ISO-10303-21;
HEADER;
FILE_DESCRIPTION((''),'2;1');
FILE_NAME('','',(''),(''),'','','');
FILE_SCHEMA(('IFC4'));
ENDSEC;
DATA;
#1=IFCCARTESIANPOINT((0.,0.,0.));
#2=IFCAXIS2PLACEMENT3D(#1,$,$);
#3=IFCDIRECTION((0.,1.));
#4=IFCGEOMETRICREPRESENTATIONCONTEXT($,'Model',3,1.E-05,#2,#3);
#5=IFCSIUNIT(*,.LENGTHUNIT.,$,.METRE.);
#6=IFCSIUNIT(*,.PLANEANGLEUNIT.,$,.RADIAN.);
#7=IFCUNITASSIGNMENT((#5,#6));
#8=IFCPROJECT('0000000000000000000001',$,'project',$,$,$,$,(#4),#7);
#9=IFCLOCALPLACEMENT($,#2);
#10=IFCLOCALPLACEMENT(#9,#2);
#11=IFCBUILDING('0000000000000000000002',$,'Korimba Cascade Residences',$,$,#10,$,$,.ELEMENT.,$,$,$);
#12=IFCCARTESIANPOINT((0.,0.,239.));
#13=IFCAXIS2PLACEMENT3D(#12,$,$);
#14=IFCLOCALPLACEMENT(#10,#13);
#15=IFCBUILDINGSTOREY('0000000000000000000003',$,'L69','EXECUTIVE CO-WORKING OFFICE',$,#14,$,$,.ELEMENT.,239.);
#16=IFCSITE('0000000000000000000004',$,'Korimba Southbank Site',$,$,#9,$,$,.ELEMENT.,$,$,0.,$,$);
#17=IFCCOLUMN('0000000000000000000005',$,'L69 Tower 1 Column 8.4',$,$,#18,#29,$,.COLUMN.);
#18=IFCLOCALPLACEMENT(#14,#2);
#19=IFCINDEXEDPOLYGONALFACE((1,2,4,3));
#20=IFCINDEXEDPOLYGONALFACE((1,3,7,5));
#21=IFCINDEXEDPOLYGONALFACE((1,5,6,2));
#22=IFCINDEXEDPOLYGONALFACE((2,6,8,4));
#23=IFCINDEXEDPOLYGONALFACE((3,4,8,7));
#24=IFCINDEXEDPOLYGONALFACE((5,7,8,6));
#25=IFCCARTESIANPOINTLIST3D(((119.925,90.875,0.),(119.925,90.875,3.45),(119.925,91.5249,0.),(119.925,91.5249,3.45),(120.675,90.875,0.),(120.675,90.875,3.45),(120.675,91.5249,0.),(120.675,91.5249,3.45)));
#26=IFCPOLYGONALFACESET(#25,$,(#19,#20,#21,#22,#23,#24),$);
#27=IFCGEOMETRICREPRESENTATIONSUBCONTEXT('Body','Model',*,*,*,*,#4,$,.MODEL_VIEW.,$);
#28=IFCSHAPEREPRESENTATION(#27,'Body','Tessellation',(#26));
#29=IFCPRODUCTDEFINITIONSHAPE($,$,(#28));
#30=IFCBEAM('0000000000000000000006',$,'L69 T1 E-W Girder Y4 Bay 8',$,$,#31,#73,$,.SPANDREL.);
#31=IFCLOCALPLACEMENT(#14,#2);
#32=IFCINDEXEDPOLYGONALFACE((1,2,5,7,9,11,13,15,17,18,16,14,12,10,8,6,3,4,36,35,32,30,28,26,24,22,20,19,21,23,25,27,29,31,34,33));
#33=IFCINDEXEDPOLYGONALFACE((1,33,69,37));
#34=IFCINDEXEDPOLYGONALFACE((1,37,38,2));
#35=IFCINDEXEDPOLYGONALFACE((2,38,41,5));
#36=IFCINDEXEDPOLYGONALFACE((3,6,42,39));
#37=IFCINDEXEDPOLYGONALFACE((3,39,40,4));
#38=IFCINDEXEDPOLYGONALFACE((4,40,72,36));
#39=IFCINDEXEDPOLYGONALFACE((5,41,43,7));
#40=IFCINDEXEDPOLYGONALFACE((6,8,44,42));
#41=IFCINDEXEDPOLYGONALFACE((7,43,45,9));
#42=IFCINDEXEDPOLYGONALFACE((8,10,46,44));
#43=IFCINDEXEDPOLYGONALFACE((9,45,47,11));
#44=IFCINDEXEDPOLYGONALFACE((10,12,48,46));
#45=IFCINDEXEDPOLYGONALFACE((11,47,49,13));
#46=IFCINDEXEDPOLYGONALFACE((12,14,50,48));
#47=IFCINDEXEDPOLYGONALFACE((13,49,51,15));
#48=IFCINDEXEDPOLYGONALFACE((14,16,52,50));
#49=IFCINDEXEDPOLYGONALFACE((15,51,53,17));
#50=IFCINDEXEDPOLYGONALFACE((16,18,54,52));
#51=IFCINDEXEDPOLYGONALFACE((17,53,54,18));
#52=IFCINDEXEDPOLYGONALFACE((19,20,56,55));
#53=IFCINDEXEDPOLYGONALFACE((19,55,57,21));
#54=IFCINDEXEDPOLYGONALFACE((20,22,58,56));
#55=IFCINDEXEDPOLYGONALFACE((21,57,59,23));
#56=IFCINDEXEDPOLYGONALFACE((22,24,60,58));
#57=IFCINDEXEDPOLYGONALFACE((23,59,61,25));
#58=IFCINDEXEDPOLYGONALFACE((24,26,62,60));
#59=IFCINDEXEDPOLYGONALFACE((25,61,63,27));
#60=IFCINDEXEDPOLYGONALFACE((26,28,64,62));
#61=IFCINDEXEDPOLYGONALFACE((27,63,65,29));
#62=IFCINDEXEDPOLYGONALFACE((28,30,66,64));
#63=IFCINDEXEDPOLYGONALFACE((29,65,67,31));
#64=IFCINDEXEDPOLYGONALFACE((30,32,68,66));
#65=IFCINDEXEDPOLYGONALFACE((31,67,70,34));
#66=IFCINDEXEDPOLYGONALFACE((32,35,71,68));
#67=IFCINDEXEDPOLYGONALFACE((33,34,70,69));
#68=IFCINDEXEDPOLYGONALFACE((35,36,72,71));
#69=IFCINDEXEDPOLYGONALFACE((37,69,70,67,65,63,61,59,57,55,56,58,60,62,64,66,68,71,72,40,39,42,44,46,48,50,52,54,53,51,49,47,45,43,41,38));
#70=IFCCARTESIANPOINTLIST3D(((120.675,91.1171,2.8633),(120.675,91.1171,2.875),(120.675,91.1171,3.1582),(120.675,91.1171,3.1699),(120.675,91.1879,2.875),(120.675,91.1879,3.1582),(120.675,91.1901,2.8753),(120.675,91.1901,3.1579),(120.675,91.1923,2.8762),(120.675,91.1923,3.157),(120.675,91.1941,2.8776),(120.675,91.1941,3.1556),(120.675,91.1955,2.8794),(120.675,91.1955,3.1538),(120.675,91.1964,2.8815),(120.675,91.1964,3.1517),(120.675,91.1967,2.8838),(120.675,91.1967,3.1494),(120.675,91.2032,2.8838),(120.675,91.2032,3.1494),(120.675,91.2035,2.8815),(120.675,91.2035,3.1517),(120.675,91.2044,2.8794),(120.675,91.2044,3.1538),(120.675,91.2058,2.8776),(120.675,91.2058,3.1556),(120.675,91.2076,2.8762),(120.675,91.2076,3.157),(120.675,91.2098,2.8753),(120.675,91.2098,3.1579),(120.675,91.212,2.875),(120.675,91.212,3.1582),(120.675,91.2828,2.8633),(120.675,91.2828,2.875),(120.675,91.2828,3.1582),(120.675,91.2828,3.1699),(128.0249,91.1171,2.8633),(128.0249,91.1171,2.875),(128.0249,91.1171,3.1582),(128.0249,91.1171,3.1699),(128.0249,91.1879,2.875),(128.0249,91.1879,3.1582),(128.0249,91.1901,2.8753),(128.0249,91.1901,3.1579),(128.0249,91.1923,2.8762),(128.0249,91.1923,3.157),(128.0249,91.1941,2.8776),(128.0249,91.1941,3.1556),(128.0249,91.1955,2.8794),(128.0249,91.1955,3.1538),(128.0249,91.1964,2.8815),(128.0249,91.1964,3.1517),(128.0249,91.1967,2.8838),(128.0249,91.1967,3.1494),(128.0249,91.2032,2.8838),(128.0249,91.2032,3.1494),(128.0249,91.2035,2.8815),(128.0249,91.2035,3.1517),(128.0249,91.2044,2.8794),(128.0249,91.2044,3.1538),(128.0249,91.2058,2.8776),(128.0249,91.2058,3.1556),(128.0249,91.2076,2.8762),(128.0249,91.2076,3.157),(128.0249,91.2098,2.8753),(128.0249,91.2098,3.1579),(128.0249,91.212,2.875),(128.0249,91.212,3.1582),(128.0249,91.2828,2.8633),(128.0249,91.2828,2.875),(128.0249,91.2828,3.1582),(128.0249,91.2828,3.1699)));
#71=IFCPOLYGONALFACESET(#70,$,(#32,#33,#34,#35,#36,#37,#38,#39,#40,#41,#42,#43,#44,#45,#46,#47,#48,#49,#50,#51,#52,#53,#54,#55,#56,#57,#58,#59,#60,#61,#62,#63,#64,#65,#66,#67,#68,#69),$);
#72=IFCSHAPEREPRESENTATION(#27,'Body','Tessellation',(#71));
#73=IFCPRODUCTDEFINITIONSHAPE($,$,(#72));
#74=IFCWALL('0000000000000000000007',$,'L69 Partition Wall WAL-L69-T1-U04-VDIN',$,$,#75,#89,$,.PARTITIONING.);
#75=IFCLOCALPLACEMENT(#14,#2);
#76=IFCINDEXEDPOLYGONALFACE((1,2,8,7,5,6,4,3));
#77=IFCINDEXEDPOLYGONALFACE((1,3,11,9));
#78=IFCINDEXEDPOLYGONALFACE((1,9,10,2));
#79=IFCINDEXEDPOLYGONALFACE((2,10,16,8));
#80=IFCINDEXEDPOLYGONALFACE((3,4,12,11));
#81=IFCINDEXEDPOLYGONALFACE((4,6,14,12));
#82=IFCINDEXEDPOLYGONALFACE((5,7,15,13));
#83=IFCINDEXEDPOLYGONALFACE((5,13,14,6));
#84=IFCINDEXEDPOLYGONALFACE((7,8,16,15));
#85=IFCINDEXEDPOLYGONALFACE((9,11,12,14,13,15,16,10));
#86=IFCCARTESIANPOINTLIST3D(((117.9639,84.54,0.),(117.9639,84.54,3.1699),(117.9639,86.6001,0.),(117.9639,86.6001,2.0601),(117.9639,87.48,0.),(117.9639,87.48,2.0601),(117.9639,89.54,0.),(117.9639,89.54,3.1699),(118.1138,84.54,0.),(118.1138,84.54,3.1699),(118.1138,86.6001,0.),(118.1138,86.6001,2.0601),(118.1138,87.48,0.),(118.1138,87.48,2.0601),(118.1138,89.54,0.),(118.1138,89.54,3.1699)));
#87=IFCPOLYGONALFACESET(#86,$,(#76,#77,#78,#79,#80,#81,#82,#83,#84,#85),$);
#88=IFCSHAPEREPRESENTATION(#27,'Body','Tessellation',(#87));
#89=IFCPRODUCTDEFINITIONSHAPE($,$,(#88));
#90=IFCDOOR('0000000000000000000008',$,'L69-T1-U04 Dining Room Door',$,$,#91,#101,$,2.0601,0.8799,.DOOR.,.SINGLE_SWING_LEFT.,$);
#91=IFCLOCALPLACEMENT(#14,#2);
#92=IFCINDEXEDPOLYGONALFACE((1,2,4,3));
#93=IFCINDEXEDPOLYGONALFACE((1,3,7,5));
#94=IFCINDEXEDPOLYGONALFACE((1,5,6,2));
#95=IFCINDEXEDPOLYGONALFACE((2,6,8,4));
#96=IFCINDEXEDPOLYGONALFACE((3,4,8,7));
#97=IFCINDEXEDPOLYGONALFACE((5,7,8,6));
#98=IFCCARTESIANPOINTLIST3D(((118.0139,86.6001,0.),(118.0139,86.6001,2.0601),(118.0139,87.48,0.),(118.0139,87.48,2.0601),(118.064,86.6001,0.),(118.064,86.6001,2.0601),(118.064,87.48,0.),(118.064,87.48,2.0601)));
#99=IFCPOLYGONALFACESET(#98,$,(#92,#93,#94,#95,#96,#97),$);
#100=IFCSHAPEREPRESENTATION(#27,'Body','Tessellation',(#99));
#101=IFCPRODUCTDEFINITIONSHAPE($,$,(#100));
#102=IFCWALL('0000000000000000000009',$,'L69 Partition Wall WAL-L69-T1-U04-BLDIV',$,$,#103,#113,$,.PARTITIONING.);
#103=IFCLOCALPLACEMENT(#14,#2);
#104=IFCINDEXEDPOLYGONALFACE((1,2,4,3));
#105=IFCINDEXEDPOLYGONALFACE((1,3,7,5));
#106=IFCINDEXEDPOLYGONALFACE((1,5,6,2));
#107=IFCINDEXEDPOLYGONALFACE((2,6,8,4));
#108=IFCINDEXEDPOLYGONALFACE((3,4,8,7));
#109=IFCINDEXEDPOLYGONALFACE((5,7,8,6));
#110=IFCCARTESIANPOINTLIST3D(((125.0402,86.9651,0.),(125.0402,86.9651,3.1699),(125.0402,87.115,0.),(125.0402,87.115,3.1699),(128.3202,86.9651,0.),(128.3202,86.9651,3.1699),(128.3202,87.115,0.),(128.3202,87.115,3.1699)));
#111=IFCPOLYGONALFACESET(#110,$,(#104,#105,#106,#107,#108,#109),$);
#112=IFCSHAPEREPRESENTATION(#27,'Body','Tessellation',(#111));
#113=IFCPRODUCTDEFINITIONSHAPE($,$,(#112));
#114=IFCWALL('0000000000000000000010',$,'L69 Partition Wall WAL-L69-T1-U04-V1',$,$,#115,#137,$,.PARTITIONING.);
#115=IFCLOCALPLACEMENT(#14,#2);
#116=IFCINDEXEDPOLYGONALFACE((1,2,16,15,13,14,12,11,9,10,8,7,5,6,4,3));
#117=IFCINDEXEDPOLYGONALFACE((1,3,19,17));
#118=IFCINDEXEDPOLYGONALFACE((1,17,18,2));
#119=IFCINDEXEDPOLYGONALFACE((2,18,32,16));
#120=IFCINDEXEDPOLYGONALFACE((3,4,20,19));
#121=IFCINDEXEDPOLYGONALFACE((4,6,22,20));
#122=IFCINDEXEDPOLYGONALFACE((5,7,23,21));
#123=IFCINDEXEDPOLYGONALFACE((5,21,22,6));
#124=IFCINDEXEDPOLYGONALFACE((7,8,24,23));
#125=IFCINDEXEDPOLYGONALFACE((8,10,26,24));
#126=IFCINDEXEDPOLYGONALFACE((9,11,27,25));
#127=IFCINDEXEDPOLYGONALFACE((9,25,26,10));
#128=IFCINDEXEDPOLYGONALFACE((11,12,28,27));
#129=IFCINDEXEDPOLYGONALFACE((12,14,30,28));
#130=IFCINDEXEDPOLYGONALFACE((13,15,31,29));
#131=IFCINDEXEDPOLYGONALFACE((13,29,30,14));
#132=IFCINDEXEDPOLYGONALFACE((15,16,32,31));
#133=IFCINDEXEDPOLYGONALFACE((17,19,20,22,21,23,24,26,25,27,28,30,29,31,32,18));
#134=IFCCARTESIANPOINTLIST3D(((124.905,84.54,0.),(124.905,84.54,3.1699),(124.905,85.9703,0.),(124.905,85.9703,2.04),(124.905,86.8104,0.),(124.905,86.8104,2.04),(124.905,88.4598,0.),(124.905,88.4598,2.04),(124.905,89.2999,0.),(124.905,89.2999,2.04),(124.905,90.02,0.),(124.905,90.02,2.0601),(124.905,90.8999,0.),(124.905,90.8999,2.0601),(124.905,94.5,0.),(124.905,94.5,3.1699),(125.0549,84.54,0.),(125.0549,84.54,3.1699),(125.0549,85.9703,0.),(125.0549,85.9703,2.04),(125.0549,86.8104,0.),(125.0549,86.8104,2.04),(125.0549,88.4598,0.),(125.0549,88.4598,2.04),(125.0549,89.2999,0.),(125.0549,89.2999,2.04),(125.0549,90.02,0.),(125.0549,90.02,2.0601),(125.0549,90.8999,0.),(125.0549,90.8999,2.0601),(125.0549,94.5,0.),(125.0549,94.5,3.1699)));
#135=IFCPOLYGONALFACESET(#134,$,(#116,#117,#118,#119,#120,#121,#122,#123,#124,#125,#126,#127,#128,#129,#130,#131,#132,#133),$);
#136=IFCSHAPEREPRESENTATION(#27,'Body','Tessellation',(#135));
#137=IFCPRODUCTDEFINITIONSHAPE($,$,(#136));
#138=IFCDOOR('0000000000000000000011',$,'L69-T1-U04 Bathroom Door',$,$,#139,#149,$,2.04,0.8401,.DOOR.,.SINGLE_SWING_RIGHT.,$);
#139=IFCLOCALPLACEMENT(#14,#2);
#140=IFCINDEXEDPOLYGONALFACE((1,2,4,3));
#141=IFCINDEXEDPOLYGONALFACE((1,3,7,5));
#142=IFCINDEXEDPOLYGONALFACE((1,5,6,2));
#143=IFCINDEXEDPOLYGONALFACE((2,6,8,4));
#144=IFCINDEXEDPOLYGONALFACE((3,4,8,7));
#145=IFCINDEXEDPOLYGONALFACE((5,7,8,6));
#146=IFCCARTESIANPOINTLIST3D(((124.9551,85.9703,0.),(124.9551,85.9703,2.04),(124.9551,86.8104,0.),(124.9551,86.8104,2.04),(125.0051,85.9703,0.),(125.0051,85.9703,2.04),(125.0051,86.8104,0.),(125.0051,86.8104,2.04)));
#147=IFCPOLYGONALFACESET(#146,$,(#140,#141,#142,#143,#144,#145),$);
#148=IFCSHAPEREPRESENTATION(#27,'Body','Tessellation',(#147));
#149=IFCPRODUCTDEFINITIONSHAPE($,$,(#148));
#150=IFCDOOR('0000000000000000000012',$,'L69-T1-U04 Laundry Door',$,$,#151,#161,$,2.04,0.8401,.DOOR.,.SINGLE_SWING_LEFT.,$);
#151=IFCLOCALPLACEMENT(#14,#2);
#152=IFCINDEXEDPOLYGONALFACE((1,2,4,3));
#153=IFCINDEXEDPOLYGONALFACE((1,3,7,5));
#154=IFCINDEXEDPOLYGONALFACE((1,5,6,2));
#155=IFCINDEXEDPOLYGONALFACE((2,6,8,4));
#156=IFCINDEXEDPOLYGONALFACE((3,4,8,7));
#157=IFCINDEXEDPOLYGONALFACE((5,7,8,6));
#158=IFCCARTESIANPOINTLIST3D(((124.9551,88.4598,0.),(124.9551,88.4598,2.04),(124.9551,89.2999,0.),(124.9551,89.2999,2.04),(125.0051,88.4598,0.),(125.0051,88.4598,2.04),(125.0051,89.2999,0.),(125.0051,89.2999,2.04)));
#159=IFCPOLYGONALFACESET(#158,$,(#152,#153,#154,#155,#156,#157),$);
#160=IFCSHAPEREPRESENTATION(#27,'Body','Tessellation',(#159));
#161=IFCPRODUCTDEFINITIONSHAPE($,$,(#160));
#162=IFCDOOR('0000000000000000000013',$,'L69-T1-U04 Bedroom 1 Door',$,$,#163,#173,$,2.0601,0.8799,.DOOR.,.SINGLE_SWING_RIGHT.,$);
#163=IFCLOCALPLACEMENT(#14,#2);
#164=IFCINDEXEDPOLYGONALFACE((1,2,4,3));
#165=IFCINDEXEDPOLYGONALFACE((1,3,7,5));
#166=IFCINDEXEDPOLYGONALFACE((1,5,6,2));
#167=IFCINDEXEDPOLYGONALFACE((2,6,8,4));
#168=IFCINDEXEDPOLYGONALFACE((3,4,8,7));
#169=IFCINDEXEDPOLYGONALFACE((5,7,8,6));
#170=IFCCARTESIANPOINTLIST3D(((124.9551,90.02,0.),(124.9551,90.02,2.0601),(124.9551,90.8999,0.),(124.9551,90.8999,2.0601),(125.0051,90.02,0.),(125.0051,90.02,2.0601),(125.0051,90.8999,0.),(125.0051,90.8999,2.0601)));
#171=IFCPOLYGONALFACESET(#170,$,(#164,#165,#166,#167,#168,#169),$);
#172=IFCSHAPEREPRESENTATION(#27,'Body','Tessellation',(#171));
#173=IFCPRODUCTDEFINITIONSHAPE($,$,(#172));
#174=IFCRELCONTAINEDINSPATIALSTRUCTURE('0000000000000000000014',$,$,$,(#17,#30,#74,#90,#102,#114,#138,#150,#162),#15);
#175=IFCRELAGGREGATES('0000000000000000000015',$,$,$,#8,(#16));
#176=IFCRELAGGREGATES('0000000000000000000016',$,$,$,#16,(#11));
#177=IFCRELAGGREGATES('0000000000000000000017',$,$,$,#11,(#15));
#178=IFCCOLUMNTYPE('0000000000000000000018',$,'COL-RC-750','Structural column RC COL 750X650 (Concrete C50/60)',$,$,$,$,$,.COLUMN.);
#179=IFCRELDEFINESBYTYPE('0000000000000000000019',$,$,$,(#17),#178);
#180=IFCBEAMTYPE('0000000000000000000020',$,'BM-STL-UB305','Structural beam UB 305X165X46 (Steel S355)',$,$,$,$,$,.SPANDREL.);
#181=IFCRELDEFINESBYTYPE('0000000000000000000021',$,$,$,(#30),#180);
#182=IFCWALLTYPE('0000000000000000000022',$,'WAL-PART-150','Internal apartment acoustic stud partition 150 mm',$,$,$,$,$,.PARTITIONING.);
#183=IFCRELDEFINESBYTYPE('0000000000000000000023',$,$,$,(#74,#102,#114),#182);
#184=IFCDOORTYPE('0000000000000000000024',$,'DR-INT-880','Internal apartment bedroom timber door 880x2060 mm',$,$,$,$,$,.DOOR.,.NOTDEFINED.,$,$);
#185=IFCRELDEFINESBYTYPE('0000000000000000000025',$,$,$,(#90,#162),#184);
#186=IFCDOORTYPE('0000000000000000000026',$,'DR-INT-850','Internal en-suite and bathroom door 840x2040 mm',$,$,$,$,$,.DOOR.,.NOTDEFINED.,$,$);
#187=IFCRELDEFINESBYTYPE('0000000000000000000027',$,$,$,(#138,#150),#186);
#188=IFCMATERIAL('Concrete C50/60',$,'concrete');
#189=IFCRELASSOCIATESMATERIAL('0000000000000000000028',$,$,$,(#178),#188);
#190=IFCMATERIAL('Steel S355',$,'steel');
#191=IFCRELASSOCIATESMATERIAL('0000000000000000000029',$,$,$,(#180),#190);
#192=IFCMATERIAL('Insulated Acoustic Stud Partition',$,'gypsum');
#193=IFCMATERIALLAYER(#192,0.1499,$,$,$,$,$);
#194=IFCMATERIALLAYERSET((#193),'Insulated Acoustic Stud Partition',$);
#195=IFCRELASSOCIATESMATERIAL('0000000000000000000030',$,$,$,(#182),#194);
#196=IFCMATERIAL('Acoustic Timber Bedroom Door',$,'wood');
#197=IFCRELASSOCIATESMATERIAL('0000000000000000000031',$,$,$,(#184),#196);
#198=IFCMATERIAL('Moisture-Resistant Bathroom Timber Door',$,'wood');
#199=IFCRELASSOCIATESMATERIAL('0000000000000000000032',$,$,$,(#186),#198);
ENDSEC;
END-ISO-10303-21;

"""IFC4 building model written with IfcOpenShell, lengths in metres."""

from ifc_helpers import new_model, si_unit, direction, frame, frame_2d, origin, origin_2d, place, context, subcontext, project, spatial, rectangle, i_section, extrude, material, layer, layer_set, material_profile, profile_set, type_object, element, fill, save


model = new_model("IFC4")

# Units and contexts
model_context = context("Model", 3, precision=1e-05, world=origin(), true_north=direction((0.0, 1.0)))
body_context = subcontext(model_context, "Body", "Model", "MODEL_VIEW")
ifc_project = project(units=[si_unit("LENGTHUNIT", "METRE"), si_unit("PLANEANGLEUNIT", "RADIAN")], contexts=[model_context])

# Site, building, storey
site_placement = place(None, origin())
site = spatial("IfcSite", under=ifc_project, at=site_placement, Name="Korimba Southbank Site", CompositionType="ELEMENT", RefElevation=0.0)
building_placement = place(site_placement, origin())
building = spatial("IfcBuilding", under=site, at=building_placement, Name="Korimba Cascade Residences", CompositionType="ELEMENT")
storey_placement = place(building_placement, frame((0.0, 0.0, 239.0)))
storey = spatial("IfcBuildingStorey", under=building, at=storey_placement, Name="L69", Description="EXECUTIVE CO-WORKING OFFICE", CompositionType="ELEMENT", Elevation=239.0)

# Column
ifc_material_1 = material(Name="Concrete C50/60", Category="concrete")
ifc_material_profile_1 = material_profile(ifc_material_1, rectangle(XDim=0.75, YDim=0.6499, at=origin_2d()), Name="Concrete C50/60")
ifc_profile_set_1 = profile_set([ifc_material_profile_1], Name="Concrete C50/60")
column_type = type_object("IfcColumnType", Name="COL-RC-750", Description="Structural column RC COL 750X650 (Concrete C50/60)", PredefinedType="COLUMN", material=ifc_profile_set_1)
column_placement = place(storey_placement, frame((120.3, 91.2, 0.0), z_axis=(0.0, 0.0, 1.0), x_axis=(1.0, 0.0, 0.0)))
element("IfcColumn", 1, at=column_placement, inside=storey, type_object=column_type, Name="L69 Tower 1 Column 8.4", PredefinedType="COLUMN", context=body_context, shape_type="SweptSolid", body=[
    extrude(rectangle(XDim=0.75, YDim=0.6499, at=origin_2d()), origin(), (0.0, 0.0, 1.0), 3.45),
])

# Beam
ifc_material_2 = material(Name="Steel S355", Category="steel")
ifc_material_profile_2 = material_profile(ifc_material_2, i_section(OverallWidth=0.1658, OverallDepth=0.3066, WebThickness=0.0066, FlangeThickness=0.0117, FilletRadius=0.0088, at=origin_2d()), Name="Steel S355")
ifc_profile_set_2 = profile_set([ifc_material_profile_2], Name="Steel S355")
beam_type = type_object("IfcBeamType", Name="BM-STL-UB305", Description="Structural beam UB 305X165X46 (Steel S355)", PredefinedType="SPANDREL", material=ifc_profile_set_2)
beam_placement = place(storey_placement, frame((120.675, 91.2, 3.0166), z_axis=(1.0, 0.0, 0.0), x_axis=(0.0, 1.0, 0.0)))
element("IfcBeam", 2, at=beam_placement, inside=storey, type_object=beam_type, Name="L69 T1 E-W Girder Y4 Bay 8", PredefinedType="SPANDREL", context=body_context, shape_type="SweptSolid", body=[
    extrude(i_section(OverallWidth=0.1658, OverallDepth=0.3066, WebThickness=0.0066, FlangeThickness=0.0117, FilletRadius=0.0088, at=origin_2d()), origin(), (0.0, 0.0, 1.0), 7.3499),
])

# Wall, opening, door
ifc_material_3 = material(Name="Insulated Acoustic Stud Partition", Category="gypsum")
ifc_layer = layer(ifc_material_3, 0.1499)
ifc_layer_set = layer_set([ifc_layer], Name="Insulated Acoustic Stud Partition")
wall_type = type_object("IfcWallType", Name="WAL-PART-150", Description="Internal apartment acoustic stud partition 150 mm", PredefinedType="PARTITIONING", material=ifc_layer_set)
wall_1_placement = place(storey_placement, frame((118.0388, 84.54, 0.0), z_axis=(0.0, 0.0, 1.0), x_axis=(0.0, 1.0, 0.0)))
wall_1 = element("IfcWall", 3, at=wall_1_placement, inside=storey, type_object=wall_type, Name="L69 Partition Wall WAL-L69-T1-U04-VDIN", PredefinedType="PARTITIONING", context=body_context, shape_type="SweptSolid", body=[
    extrude(rectangle(XDim=5.0, YDim=0.1499, at=frame_2d((2.5, 0.0))), origin(), (0.0, 0.0, 1.0), 3.1699),
])
opening_1_placement = place(wall_1_placement, frame((2.0601, 0.0, 0.0)))
opening_1 = element("IfcOpeningElement", 4, at=opening_1_placement, cuts=wall_1, PredefinedType="OPENING", context=body_context, shape_type="SweptSolid", body=[
    extrude(rectangle(XDim=0.8799, YDim=2.0601, at=frame_2d((0.4399, 1.03))), frame((0.0, 0.085, 0.0), z_axis=(0.0, -1.0, 0.0), x_axis=(1.0, 0.0, 0.0)), (0.0, 0.0, 1.0), 0.1699),
])
ifc_material_4 = material(Name="Acoustic Timber Bedroom Door", Category="wood")
door_type_1 = type_object("IfcDoorType", Name="DR-INT-880", Description="Internal apartment bedroom timber door 880x2060 mm", OperationType="NOTDEFINED", PredefinedType="DOOR", material=ifc_material_4)
door_1_placement = place(opening_1_placement, origin())
door_1 = element("IfcDoor", 5, at=door_1_placement, inside=storey, type_object=door_type_1, Name="L69-T1-U04 Dining Room Door", OperationType="SINGLE_SWING_LEFT", OverallHeight=2.0601, OverallWidth=0.8799, PredefinedType="DOOR", context=body_context, shape_type="SweptSolid", body=[
    extrude(rectangle(XDim=0.8799, YDim=2.0601, at=frame_2d((0.4399, 1.03))), frame((0.0, 0.0249, 0.0), z_axis=(0.0, -1.0, 0.0), x_axis=(1.0, 0.0, 0.0)), (0.0, 0.0, 1.0), 0.05),
])
fill(opening_1, door_1)

# Wall
wall_2_placement = place(storey_placement, frame((125.04, 87.04, 0.0), z_axis=(0.0, 0.0, 1.0), x_axis=(1.0, 0.0, 0.0)))
element("IfcWall", 6, at=wall_2_placement, inside=storey, type_object=wall_type, Name="L69 Partition Wall WAL-L69-T1-U04-BLDIV", PredefinedType="PARTITIONING", context=body_context, shape_type="SweptSolid", body=[
    extrude(rectangle(XDim=3.28, YDim=0.1499, at=frame_2d((1.6401, 0.0))), origin(), (0.0, 0.0, 1.0), 3.1699),
])

# Wall, openings, doors
wall_3_placement = place(storey_placement, frame((124.98, 84.54, 0.0), z_axis=(0.0, 0.0, 1.0), x_axis=(0.0, 1.0, 0.0)))
wall_3 = element("IfcWall", 7, at=wall_3_placement, inside=storey, type_object=wall_type, Name="L69 Partition Wall WAL-L69-T1-U04-V1", PredefinedType="PARTITIONING", context=body_context, shape_type="SweptSolid", body=[
    extrude(rectangle(XDim=9.96, YDim=0.1499, at=frame_2d((4.98, 0.0))), origin(), (0.0, 0.0, 1.0), 3.1699),
])
opening_2_placement = place(wall_3_placement, frame((1.4304, 0.0, 0.0)))
opening_2 = element("IfcOpeningElement", 8, at=opening_2_placement, cuts=wall_3, PredefinedType="OPENING", context=body_context, shape_type="SweptSolid", body=[
    extrude(rectangle(XDim=0.8401, YDim=2.04, at=frame_2d((0.4199, 1.02))), frame((0.0, 0.085, 0.0), z_axis=(0.0, -1.0, 0.0), x_axis=(1.0, 0.0, 0.0)), (0.0, 0.0, 1.0), 0.1699),
])
opening_3_placement = place(wall_3_placement, frame((3.9199, 0.0, 0.0)))
opening_3 = element("IfcOpeningElement", 9, at=opening_3_placement, cuts=wall_3, PredefinedType="OPENING", context=body_context, shape_type="SweptSolid", body=[
    extrude(rectangle(XDim=0.8401, YDim=2.04, at=frame_2d((0.4199, 1.02))), frame((0.0, 0.085, 0.0), z_axis=(0.0, -1.0, 0.0), x_axis=(1.0, 0.0, 0.0)), (0.0, 0.0, 1.0), 0.1699),
])
opening_4_placement = place(wall_3_placement, frame((5.48, 0.0, 0.0)))
opening_4 = element("IfcOpeningElement", 10, at=opening_4_placement, cuts=wall_3, PredefinedType="OPENING", context=body_context, shape_type="SweptSolid", body=[
    extrude(rectangle(XDim=0.8799, YDim=2.0601, at=frame_2d((0.4399, 1.03))), frame((0.0, 0.085, 0.0), z_axis=(0.0, -1.0, 0.0), x_axis=(1.0, 0.0, 0.0)), (0.0, 0.0, 1.0), 0.1699),
])
ifc_material_5 = material(Name="Moisture-Resistant Bathroom Timber Door", Category="wood")
door_type_2 = type_object("IfcDoorType", Name="DR-INT-850", Description="Internal en-suite and bathroom door 840x2040 mm", OperationType="NOTDEFINED", PredefinedType="DOOR", material=ifc_material_5)
door_2_placement = place(opening_2_placement, origin())
door_2 = element("IfcDoor", 11, at=door_2_placement, inside=storey, type_object=door_type_2, Name="L69-T1-U04 Bathroom Door", OperationType="SINGLE_SWING_RIGHT", OverallHeight=2.04, OverallWidth=0.8401, PredefinedType="DOOR", context=body_context, shape_type="SweptSolid", body=[
    extrude(rectangle(XDim=0.8401, YDim=2.04, at=frame_2d((0.4199, 1.02))), frame((0.0, 0.0249, 0.0), z_axis=(0.0, -1.0, 0.0), x_axis=(1.0, 0.0, 0.0)), (0.0, 0.0, 1.0), 0.05),
])
fill(opening_2, door_2)
door_3_placement = place(opening_3_placement, origin())
door_3 = element("IfcDoor", 12, at=door_3_placement, inside=storey, type_object=door_type_2, Name="L69-T1-U04 Laundry Door", OperationType="SINGLE_SWING_LEFT", OverallHeight=2.04, OverallWidth=0.8401, PredefinedType="DOOR", context=body_context, shape_type="SweptSolid", body=[
    extrude(rectangle(XDim=0.8401, YDim=2.04, at=frame_2d((0.4199, 1.02))), frame((0.0, 0.0249, 0.0), z_axis=(0.0, -1.0, 0.0), x_axis=(1.0, 0.0, 0.0)), (0.0, 0.0, 1.0), 0.05),
])
fill(opening_3, door_3)
door_4_placement = place(opening_4_placement, origin())
door_4 = element("IfcDoor", 13, at=door_4_placement, inside=storey, type_object=door_type_1, Name="L69-T1-U04 Bedroom 1 Door", OperationType="SINGLE_SWING_RIGHT", OverallHeight=2.0601, OverallWidth=0.8799, PredefinedType="DOOR", context=body_context, shape_type="SweptSolid", body=[
    extrude(rectangle(XDim=0.8799, YDim=2.0601, at=frame_2d((0.4399, 1.03))), frame((0.0, 0.0249, 0.0), z_axis=(0.0, -1.0, 0.0), x_axis=(1.0, 0.0, 0.0)), (0.0, 0.0, 1.0), 0.05),
])
fill(opening_4, door_4)

save(model, "model.ifc")
